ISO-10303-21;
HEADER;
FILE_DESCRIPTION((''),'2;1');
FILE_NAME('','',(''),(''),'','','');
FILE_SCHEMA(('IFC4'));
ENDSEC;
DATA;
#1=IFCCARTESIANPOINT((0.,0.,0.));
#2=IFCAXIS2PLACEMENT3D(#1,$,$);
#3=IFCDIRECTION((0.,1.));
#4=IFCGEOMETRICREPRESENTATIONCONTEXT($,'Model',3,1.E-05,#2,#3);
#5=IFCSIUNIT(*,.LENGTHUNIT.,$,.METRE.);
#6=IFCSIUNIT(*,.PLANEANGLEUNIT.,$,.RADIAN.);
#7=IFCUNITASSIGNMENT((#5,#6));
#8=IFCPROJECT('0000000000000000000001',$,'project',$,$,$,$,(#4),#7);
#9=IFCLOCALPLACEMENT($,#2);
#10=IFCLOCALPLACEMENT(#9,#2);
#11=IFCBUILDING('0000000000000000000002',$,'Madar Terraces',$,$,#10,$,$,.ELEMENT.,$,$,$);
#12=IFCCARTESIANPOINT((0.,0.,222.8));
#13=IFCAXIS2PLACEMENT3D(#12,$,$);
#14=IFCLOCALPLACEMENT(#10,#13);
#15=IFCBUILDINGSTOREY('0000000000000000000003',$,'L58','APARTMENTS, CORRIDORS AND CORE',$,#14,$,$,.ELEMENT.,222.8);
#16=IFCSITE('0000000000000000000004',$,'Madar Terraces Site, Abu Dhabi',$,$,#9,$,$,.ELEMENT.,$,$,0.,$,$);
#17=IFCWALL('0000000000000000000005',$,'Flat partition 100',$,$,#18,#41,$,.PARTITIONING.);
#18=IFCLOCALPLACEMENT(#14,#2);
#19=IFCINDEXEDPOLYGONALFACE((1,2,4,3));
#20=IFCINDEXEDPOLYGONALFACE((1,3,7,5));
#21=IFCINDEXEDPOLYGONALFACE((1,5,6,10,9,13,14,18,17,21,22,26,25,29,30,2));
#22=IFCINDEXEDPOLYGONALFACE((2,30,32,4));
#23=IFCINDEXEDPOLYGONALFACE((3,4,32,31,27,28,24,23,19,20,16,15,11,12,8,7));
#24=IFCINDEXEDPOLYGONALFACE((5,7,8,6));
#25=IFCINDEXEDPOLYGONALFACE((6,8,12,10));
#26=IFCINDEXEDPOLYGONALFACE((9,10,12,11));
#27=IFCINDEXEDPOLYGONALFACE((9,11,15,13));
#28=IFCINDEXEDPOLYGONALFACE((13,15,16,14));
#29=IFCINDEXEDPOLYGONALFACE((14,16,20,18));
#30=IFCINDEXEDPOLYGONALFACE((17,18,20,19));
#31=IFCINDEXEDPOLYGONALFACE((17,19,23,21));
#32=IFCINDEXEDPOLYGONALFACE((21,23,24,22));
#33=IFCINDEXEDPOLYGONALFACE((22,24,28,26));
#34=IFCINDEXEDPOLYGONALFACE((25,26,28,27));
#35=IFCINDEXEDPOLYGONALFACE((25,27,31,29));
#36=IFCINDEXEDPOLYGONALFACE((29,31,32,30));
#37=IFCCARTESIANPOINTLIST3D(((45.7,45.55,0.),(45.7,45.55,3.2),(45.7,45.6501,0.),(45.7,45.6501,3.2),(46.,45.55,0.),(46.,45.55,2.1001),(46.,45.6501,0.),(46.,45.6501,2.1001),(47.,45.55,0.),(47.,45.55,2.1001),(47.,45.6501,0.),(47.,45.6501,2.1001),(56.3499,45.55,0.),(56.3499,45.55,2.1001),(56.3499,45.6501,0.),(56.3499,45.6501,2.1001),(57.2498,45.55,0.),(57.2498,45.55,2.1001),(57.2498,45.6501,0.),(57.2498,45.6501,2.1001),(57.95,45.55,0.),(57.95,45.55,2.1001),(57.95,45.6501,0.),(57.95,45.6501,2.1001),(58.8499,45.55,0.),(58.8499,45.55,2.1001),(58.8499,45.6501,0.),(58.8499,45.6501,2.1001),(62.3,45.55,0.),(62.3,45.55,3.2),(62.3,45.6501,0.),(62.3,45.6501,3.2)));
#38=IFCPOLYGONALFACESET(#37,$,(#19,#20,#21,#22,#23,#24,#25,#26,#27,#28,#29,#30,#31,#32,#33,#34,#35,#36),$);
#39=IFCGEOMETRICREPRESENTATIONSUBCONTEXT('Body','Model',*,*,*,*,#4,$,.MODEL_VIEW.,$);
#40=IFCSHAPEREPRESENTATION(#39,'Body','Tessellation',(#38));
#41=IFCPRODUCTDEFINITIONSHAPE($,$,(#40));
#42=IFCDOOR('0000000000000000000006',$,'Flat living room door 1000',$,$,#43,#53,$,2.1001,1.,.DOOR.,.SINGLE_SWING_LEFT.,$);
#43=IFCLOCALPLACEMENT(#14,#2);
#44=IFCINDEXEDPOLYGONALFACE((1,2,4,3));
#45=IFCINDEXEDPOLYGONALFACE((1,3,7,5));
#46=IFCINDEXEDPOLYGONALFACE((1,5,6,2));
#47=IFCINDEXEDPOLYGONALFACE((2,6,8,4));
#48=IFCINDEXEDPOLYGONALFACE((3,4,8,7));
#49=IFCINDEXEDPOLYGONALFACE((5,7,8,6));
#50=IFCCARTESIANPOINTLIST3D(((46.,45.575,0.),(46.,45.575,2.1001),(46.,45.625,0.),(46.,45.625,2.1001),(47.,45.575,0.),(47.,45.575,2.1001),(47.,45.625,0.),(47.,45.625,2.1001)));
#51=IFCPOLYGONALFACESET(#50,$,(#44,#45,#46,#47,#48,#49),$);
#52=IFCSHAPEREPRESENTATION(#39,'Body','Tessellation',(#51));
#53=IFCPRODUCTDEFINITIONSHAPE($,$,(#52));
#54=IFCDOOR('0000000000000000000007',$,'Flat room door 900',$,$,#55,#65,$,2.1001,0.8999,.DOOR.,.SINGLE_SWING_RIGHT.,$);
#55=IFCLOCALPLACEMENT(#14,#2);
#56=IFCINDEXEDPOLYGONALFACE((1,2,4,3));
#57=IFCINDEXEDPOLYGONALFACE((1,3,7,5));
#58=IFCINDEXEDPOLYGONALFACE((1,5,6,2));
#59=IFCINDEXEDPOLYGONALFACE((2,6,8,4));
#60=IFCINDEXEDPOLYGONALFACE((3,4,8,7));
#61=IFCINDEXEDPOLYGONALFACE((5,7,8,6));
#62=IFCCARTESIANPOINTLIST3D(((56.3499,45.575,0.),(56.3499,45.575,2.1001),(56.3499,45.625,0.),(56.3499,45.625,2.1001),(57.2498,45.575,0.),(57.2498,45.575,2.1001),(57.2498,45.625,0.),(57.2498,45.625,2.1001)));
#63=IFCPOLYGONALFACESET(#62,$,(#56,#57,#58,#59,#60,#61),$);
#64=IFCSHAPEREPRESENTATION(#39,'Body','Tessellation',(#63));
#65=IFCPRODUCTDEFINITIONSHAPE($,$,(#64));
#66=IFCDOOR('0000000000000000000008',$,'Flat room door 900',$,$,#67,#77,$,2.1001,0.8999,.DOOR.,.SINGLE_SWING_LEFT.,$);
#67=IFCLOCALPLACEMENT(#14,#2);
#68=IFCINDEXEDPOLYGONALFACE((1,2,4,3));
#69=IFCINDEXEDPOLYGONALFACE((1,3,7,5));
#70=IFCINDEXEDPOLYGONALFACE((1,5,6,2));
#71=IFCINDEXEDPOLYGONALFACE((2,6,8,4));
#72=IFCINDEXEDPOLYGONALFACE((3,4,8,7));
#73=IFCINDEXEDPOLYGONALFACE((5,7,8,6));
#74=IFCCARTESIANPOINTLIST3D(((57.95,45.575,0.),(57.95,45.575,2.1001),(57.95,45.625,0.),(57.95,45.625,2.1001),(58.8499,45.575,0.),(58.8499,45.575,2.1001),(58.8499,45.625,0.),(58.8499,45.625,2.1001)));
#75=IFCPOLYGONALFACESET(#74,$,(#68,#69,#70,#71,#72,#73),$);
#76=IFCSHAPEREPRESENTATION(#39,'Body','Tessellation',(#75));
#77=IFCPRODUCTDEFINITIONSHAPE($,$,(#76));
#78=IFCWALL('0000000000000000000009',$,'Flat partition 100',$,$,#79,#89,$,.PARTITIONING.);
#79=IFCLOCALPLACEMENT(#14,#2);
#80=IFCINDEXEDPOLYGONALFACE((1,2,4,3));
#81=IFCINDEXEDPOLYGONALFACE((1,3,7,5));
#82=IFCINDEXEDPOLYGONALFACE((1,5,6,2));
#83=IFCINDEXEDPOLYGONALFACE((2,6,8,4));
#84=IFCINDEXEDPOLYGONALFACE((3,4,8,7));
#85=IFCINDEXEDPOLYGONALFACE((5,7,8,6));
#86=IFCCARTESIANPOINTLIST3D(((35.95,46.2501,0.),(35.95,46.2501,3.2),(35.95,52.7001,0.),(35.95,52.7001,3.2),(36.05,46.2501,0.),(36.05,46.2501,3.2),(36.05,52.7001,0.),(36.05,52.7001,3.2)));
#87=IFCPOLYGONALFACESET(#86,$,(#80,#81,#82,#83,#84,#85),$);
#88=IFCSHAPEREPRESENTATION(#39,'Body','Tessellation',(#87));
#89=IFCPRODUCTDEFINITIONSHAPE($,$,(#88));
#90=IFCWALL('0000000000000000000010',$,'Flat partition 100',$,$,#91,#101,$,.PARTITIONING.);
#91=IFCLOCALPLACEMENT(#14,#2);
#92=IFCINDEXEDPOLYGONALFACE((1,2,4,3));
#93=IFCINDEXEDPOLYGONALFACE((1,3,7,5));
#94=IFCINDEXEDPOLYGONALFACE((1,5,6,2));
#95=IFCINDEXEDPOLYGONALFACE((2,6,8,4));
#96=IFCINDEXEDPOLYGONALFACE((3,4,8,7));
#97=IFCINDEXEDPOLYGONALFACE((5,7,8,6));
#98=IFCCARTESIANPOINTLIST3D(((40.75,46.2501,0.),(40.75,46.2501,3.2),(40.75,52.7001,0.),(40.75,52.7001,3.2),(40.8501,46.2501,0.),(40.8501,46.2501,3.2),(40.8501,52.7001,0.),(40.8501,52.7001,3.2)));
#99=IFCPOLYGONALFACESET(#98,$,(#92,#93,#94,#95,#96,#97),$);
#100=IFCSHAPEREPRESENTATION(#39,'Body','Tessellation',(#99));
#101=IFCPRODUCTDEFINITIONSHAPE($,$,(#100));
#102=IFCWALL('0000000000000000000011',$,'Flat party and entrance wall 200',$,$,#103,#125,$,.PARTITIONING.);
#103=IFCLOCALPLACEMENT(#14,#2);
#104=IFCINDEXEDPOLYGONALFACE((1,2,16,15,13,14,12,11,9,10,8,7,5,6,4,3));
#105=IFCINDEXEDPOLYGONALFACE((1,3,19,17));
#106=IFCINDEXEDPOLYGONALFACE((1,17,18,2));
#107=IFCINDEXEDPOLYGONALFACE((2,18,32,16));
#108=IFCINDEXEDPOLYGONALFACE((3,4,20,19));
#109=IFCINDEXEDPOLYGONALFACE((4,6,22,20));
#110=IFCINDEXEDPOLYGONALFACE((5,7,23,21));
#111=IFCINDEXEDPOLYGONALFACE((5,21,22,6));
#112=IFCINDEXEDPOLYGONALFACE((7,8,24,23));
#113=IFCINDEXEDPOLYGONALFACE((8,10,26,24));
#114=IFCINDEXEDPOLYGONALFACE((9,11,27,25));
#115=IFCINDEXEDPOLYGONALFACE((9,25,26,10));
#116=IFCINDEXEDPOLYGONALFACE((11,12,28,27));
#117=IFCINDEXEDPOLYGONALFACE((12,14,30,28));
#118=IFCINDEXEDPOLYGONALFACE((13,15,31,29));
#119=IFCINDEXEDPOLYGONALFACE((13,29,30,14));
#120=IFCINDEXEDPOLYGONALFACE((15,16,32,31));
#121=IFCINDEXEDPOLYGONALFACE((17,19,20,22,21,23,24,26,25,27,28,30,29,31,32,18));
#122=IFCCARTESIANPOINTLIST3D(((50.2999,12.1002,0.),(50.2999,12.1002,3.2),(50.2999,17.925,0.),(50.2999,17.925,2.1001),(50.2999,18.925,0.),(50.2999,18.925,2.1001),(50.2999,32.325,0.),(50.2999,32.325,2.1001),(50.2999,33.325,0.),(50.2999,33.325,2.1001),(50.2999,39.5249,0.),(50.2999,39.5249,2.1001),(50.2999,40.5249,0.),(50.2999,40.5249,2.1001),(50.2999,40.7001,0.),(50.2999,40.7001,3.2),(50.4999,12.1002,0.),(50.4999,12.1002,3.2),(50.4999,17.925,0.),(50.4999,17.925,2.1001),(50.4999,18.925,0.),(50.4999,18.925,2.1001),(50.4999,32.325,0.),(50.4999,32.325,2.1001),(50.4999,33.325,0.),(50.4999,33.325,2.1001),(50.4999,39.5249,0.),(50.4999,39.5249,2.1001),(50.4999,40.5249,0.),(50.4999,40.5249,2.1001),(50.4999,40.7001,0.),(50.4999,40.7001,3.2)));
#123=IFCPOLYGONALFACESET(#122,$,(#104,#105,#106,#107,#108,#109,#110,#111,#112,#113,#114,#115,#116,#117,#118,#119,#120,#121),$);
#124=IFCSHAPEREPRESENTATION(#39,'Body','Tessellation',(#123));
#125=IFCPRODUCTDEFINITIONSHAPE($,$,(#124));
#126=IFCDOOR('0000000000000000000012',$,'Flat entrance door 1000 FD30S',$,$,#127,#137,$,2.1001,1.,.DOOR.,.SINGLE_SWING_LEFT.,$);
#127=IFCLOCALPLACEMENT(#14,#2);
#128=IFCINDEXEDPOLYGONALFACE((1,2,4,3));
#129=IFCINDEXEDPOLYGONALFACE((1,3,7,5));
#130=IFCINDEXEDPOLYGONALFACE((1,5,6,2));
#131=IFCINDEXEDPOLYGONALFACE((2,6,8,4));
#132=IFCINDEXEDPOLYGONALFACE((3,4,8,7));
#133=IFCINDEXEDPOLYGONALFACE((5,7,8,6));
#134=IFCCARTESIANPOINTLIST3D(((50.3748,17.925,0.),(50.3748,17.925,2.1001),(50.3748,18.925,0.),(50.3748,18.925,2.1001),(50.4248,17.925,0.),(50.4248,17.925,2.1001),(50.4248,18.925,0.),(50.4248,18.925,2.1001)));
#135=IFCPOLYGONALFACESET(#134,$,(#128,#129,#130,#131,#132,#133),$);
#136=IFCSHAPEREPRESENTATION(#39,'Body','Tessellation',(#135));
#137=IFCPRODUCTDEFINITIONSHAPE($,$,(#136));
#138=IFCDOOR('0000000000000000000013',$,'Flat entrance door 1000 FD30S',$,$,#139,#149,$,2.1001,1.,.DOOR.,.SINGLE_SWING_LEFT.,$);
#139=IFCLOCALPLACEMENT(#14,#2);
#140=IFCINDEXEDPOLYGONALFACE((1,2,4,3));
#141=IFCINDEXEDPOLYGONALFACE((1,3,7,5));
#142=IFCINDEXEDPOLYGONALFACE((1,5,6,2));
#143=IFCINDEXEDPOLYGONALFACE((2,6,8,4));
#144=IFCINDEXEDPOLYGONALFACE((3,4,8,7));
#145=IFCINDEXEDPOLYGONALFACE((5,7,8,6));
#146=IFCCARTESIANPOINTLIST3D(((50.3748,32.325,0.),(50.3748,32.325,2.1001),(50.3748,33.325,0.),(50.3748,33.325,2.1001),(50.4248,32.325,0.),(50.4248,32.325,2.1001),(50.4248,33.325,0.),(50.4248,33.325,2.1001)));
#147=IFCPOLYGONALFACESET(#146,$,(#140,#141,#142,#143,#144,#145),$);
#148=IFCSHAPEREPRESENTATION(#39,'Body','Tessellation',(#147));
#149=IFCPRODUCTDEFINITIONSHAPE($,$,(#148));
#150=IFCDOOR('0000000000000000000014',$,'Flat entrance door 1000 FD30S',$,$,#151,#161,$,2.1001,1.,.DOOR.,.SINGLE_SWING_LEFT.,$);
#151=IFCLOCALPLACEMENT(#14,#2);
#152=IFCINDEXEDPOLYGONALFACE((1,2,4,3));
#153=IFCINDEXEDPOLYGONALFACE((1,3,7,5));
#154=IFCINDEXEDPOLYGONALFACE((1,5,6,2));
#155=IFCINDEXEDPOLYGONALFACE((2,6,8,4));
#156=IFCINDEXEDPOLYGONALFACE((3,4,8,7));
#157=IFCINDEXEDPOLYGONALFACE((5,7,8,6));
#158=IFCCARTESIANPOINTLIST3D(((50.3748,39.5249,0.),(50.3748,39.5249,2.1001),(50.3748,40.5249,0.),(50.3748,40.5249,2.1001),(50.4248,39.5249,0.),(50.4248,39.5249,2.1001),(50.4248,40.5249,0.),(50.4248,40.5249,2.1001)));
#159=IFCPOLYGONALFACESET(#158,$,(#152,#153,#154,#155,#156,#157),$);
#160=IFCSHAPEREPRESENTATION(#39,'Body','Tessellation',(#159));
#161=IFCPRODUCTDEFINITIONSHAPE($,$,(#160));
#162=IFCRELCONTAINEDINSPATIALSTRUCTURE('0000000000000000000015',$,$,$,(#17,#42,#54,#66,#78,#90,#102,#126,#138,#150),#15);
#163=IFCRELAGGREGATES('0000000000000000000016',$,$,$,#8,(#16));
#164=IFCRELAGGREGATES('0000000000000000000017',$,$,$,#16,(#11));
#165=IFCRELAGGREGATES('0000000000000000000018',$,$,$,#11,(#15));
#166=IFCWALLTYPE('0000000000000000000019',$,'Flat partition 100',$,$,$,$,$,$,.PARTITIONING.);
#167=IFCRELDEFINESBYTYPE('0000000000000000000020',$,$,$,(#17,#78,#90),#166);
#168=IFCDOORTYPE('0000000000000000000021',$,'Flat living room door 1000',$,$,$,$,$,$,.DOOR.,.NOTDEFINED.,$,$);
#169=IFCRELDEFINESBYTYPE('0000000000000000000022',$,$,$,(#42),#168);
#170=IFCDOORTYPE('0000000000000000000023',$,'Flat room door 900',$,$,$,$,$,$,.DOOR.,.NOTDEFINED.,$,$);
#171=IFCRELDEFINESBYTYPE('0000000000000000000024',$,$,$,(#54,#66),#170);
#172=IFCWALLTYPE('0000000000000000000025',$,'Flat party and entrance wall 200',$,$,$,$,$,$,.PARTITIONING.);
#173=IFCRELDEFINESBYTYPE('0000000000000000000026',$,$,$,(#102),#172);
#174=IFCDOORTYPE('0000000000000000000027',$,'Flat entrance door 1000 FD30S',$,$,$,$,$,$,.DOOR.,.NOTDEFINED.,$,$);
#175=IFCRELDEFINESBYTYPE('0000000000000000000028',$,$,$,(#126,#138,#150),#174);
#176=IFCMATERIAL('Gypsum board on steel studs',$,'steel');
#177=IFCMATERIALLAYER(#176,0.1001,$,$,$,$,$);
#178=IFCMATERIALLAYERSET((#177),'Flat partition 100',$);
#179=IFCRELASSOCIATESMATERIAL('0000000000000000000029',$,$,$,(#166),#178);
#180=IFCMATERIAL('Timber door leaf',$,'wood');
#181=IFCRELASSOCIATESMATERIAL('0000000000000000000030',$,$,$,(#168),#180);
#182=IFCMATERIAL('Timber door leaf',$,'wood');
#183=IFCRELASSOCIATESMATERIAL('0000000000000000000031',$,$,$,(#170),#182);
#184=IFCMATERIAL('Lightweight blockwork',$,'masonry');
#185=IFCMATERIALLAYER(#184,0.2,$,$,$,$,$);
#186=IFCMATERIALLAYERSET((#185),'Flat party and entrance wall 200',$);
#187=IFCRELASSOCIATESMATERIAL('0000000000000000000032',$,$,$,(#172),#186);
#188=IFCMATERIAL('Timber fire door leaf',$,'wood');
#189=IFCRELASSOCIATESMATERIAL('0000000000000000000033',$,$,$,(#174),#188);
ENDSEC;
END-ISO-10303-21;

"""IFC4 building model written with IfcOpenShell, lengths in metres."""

from ifc_helpers import new_model, si_unit, direction, frame, frame_2d, origin, place, context, subcontext, project, spatial, rectangle, extrude, material, layer, layer_set, type_object, element, fill, save


model = new_model("IFC4")

# Units and contexts
model_context = context("Model", 3, precision=1e-05, world=origin(), true_north=direction((0.0, 1.0)))
body_context = subcontext(model_context, "Body", "Model", "MODEL_VIEW")
ifc_project = project(units=[si_unit("LENGTHUNIT", "METRE"), si_unit("PLANEANGLEUNIT", "RADIAN")], contexts=[model_context])

# Site, building, storey
site_placement = place(None, origin())
site = spatial("IfcSite", under=ifc_project, at=site_placement, Name="Madar Terraces Site, Abu Dhabi", CompositionType="ELEMENT", RefElevation=0.0)
building_placement = place(site_placement, origin())
building = spatial("IfcBuilding", under=site, at=building_placement, Name="Madar Terraces", CompositionType="ELEMENT")
storey_placement = place(building_placement, frame((0.0, 0.0, 222.8)))
storey = spatial("IfcBuildingStorey", under=building, at=storey_placement, Name="L58", Description="APARTMENTS, CORRIDORS AND CORE", CompositionType="ELEMENT", Elevation=222.8)

# Wall, openings, doors
ifc_material_1 = material(Name="Gypsum board on steel studs", Category="steel")
ifc_layer_1 = layer(ifc_material_1, 0.1001)
ifc_layer_set_1 = layer_set([ifc_layer_1], Name="Flat partition 100")
wall_type_1 = type_object("IfcWallType", Name="Flat partition 100", PredefinedType="PARTITIONING", material=ifc_layer_set_1)
wall_1_placement = place(storey_placement, frame((45.7, 45.6001, 0.0), z_axis=(0.0, 0.0, 1.0), x_axis=(1.0, 0.0, 0.0)))
wall_1 = element("IfcWall", 1, at=wall_1_placement, inside=storey, type_object=wall_type_1, Name="Flat partition 100", PredefinedType="PARTITIONING", context=body_context, shape_type="SweptSolid", body=[
    extrude(rectangle(XDim=16.6001, YDim=0.1001, at=frame_2d((8.3, 0.0))), origin(), (0.0, 0.0, 1.0), 3.2),
])
opening_1_placement = place(wall_1_placement, frame((0.3, 0.0, 0.0)))
opening_1 = element("IfcOpeningElement", 2, at=opening_1_placement, cuts=wall_1, PredefinedType="OPENING", context=body_context, shape_type="SweptSolid", body=[
    extrude(rectangle(XDim=1.0, YDim=2.1001, at=frame_2d((0.5, 1.05))), frame((0.0, 0.0601, 0.0), z_axis=(0.0, -1.0, 0.0), x_axis=(1.0, 0.0, 0.0)), (0.0, 0.0, 1.0), 0.1201),
])
opening_2_placement = place(wall_1_placement, frame((10.6499, 0.0, 0.0)))
opening_2 = element("IfcOpeningElement", 3, at=opening_2_placement, cuts=wall_1, PredefinedType="OPENING", context=body_context, shape_type="SweptSolid", body=[
    extrude(rectangle(XDim=0.8999, YDim=2.1001, at=frame_2d((0.45, 1.05))), frame((0.0, 0.0601, 0.0), z_axis=(0.0, -1.0, 0.0), x_axis=(1.0, 0.0, 0.0)), (0.0, 0.0, 1.0), 0.1201),
])
opening_3_placement = place(wall_1_placement, frame((12.25, 0.0, 0.0)))
opening_3 = element("IfcOpeningElement", 4, at=opening_3_placement, cuts=wall_1, PredefinedType="OPENING", context=body_context, shape_type="SweptSolid", body=[
    extrude(rectangle(XDim=0.8999, YDim=2.1001, at=frame_2d((0.45, 1.05))), frame((0.0, 0.0601, 0.0), z_axis=(0.0, -1.0, 0.0), x_axis=(1.0, 0.0, 0.0)), (0.0, 0.0, 1.0), 0.1201),
])
ifc_material_2 = material(Name="Timber door leaf", Category="wood")
door_type_1 = type_object("IfcDoorType", Name="Flat living room door 1000", OperationType="NOTDEFINED", PredefinedType="DOOR", material=ifc_material_2)
door_1_placement = place(opening_1_placement, origin())
door_1 = element("IfcDoor", 5, at=door_1_placement, inside=storey, type_object=door_type_1, Name="Flat living room door 1000", OperationType="SINGLE_SWING_LEFT", OverallHeight=2.1001, OverallWidth=1.0, PredefinedType="DOOR", context=body_context, shape_type="SweptSolid", body=[
    extrude(rectangle(XDim=1.0, YDim=2.1001, at=frame_2d((0.5, 1.05))), frame((0.0, 0.0249, 0.0), z_axis=(0.0, -1.0, 0.0), x_axis=(1.0, 0.0, 0.0)), (0.0, 0.0, 1.0), 0.05),
])
fill(opening_1, door_1)
ifc_material_3 = material(Name="Timber door leaf", Category="wood")
door_type_2 = type_object("IfcDoorType", Name="Flat room door 900", OperationType="NOTDEFINED", PredefinedType="DOOR", material=ifc_material_3)
door_2_placement = place(opening_2_placement, origin())
door_2 = element("IfcDoor", 6, at=door_2_placement, inside=storey, type_object=door_type_2, Name="Flat room door 900", OperationType="SINGLE_SWING_RIGHT", OverallHeight=2.1001, OverallWidth=0.8999, PredefinedType="DOOR", context=body_context, shape_type="SweptSolid", body=[
    extrude(rectangle(XDim=0.8999, YDim=2.1001, at=frame_2d((0.45, 1.05))), frame((0.0, 0.0249, 0.0), z_axis=(0.0, -1.0, 0.0), x_axis=(1.0, 0.0, 0.0)), (0.0, 0.0, 1.0), 0.05),
])
fill(opening_2, door_2)
door_3_placement = place(opening_3_placement, origin())
door_3 = element("IfcDoor", 7, at=door_3_placement, inside=storey, type_object=door_type_2, Name="Flat room door 900", OperationType="SINGLE_SWING_LEFT", OverallHeight=2.1001, OverallWidth=0.8999, PredefinedType="DOOR", context=body_context, shape_type="SweptSolid", body=[
    extrude(rectangle(XDim=0.8999, YDim=2.1001, at=frame_2d((0.45, 1.05))), frame((0.0, 0.0249, 0.0), z_axis=(0.0, -1.0, 0.0), x_axis=(1.0, 0.0, 0.0)), (0.0, 0.0, 1.0), 0.05),
])
fill(opening_3, door_3)

# Walls
for number, where, z_axis, x_axis, name in (
    (8, (36.0, 46.25, 0.0), (0.0, 0.0, 1.0), (0.0, 1.0, 0.0), "Flat partition 100"),
    (9, (40.8, 46.25, 0.0), (0.0, 0.0, 1.0), (0.0, 1.0, 0.0), "Flat partition 100"),
):
    element("IfcWall", number, at=place(storey_placement, frame(where, z_axis=z_axis, x_axis=x_axis)), inside=storey, type_object=wall_type_1, Name=name, PredefinedType="PARTITIONING", context=body_context, shape_type="SweptSolid", body=[
        extrude(rectangle(XDim=6.45, YDim=0.1001, at=frame_2d((3.2251, 0.0))), origin(), (0.0, 0.0, 1.0), 3.2),
    ])

# Wall, openings, doors
ifc_material_4 = material(Name="Lightweight blockwork", Category="masonry")
ifc_layer_2 = layer(ifc_material_4, 0.2)
ifc_layer_set_2 = layer_set([ifc_layer_2], Name="Flat party and entrance wall 200")
wall_type_2 = type_object("IfcWallType", Name="Flat party and entrance wall 200", PredefinedType="PARTITIONING", material=ifc_layer_set_2)
wall_2_placement = place(storey_placement, frame((50.3999, 40.7, 0.0), z_axis=(0.0, 0.0, 1.0), x_axis=(0.0, -1.0, 0.0)))
wall_2 = element("IfcWall", 10, at=wall_2_placement, inside=storey, type_object=wall_type_2, Name="Flat party and entrance wall 200", PredefinedType="PARTITIONING", context=body_context, shape_type="SweptSolid", body=[
    extrude(rectangle(XDim=28.5999, YDim=0.2, at=frame_2d((14.2998, 0.0))), origin(), (0.0, 0.0, 1.0), 3.2),
])
opening_4_placement = place(wall_2_placement, frame((21.7749, 0.0, 0.0)))
opening_4 = element("IfcOpeningElement", 11, at=opening_4_placement, cuts=wall_2, PredefinedType="OPENING", context=body_context, shape_type="SweptSolid", body=[
    extrude(rectangle(XDim=1.0, YDim=2.1001, at=frame_2d((0.5, 1.05))), frame((0.0, 0.1099, 0.0), z_axis=(0.0, -1.0, 0.0), x_axis=(1.0, 0.0, 0.0)), (0.0, 0.0, 1.0), 0.22),
])
opening_5_placement = place(wall_2_placement, frame((7.375, 0.0, 0.0)))
opening_5 = element("IfcOpeningElement", 12, at=opening_5_placement, cuts=wall_2, PredefinedType="OPENING", context=body_context, shape_type="SweptSolid", body=[
    extrude(rectangle(XDim=1.0, YDim=2.1001, at=frame_2d((0.5, 1.05))), frame((0.0, 0.1099, 0.0), z_axis=(0.0, -1.0, 0.0), x_axis=(1.0, 0.0, 0.0)), (0.0, 0.0, 1.0), 0.22),
])
opening_6_placement = place(wall_2_placement, frame((0.175, 0.0, 0.0)))
opening_6 = element("IfcOpeningElement", 13, at=opening_6_placement, cuts=wall_2, PredefinedType="OPENING", context=body_context, shape_type="SweptSolid", body=[
    extrude(rectangle(XDim=1.0, YDim=2.1001, at=frame_2d((0.5, 1.05))), frame((0.0, 0.1099, 0.0), z_axis=(0.0, -1.0, 0.0), x_axis=(1.0, 0.0, 0.0)), (0.0, 0.0, 1.0), 0.22),
])
ifc_material_5 = material(Name="Timber fire door leaf", Category="wood")
door_type_3 = type_object("IfcDoorType", Name="Flat entrance door 1000 FD30S", OperationType="NOTDEFINED", PredefinedType="DOOR", material=ifc_material_5)
door_4_placement = place(opening_4_placement, origin())
door_4 = element("IfcDoor", 14, at=door_4_placement, inside=storey, type_object=door_type_3, Name="Flat entrance door 1000 FD30S", OperationType="SINGLE_SWING_LEFT", OverallHeight=2.1001, OverallWidth=1.0, PredefinedType="DOOR", context=body_context, shape_type="SweptSolid", body=[
    extrude(rectangle(XDim=1.0, YDim=2.1001, at=frame_2d((0.5, 1.05))), frame((0.0, 0.0249, 0.0), z_axis=(0.0, -1.0, 0.0), x_axis=(1.0, 0.0, 0.0)), (0.0, 0.0, 1.0), 0.05),
])
fill(opening_4, door_4)
door_5_placement = place(opening_5_placement, origin())
door_5 = element("IfcDoor", 15, at=door_5_placement, inside=storey, type_object=door_type_3, Name="Flat entrance door 1000 FD30S", OperationType="SINGLE_SWING_LEFT", OverallHeight=2.1001, OverallWidth=1.0, PredefinedType="DOOR", context=body_context, shape_type="SweptSolid", body=[
    extrude(rectangle(XDim=1.0, YDim=2.1001, at=frame_2d((0.5, 1.05))), frame((0.0, 0.0249, 0.0), z_axis=(0.0, -1.0, 0.0), x_axis=(1.0, 0.0, 0.0)), (0.0, 0.0, 1.0), 0.05),
])
fill(opening_5, door_5)
door_6_placement = place(opening_6_placement, origin())
door_6 = element("IfcDoor", 16, at=door_6_placement, inside=storey, type_object=door_type_3, Name="Flat entrance door 1000 FD30S", OperationType="SINGLE_SWING_LEFT", OverallHeight=2.1001, OverallWidth=1.0, PredefinedType="DOOR", context=body_context, shape_type="SweptSolid", body=[
    extrude(rectangle(XDim=1.0, YDim=2.1001, at=frame_2d((0.5, 1.05))), frame((0.0, 0.0249, 0.0), z_axis=(0.0, -1.0, 0.0), x_axis=(1.0, 0.0, 0.0)), (0.0, 0.0, 1.0), 0.05),
])
fill(opening_6, door_6)

save(model, "model.ifc")
